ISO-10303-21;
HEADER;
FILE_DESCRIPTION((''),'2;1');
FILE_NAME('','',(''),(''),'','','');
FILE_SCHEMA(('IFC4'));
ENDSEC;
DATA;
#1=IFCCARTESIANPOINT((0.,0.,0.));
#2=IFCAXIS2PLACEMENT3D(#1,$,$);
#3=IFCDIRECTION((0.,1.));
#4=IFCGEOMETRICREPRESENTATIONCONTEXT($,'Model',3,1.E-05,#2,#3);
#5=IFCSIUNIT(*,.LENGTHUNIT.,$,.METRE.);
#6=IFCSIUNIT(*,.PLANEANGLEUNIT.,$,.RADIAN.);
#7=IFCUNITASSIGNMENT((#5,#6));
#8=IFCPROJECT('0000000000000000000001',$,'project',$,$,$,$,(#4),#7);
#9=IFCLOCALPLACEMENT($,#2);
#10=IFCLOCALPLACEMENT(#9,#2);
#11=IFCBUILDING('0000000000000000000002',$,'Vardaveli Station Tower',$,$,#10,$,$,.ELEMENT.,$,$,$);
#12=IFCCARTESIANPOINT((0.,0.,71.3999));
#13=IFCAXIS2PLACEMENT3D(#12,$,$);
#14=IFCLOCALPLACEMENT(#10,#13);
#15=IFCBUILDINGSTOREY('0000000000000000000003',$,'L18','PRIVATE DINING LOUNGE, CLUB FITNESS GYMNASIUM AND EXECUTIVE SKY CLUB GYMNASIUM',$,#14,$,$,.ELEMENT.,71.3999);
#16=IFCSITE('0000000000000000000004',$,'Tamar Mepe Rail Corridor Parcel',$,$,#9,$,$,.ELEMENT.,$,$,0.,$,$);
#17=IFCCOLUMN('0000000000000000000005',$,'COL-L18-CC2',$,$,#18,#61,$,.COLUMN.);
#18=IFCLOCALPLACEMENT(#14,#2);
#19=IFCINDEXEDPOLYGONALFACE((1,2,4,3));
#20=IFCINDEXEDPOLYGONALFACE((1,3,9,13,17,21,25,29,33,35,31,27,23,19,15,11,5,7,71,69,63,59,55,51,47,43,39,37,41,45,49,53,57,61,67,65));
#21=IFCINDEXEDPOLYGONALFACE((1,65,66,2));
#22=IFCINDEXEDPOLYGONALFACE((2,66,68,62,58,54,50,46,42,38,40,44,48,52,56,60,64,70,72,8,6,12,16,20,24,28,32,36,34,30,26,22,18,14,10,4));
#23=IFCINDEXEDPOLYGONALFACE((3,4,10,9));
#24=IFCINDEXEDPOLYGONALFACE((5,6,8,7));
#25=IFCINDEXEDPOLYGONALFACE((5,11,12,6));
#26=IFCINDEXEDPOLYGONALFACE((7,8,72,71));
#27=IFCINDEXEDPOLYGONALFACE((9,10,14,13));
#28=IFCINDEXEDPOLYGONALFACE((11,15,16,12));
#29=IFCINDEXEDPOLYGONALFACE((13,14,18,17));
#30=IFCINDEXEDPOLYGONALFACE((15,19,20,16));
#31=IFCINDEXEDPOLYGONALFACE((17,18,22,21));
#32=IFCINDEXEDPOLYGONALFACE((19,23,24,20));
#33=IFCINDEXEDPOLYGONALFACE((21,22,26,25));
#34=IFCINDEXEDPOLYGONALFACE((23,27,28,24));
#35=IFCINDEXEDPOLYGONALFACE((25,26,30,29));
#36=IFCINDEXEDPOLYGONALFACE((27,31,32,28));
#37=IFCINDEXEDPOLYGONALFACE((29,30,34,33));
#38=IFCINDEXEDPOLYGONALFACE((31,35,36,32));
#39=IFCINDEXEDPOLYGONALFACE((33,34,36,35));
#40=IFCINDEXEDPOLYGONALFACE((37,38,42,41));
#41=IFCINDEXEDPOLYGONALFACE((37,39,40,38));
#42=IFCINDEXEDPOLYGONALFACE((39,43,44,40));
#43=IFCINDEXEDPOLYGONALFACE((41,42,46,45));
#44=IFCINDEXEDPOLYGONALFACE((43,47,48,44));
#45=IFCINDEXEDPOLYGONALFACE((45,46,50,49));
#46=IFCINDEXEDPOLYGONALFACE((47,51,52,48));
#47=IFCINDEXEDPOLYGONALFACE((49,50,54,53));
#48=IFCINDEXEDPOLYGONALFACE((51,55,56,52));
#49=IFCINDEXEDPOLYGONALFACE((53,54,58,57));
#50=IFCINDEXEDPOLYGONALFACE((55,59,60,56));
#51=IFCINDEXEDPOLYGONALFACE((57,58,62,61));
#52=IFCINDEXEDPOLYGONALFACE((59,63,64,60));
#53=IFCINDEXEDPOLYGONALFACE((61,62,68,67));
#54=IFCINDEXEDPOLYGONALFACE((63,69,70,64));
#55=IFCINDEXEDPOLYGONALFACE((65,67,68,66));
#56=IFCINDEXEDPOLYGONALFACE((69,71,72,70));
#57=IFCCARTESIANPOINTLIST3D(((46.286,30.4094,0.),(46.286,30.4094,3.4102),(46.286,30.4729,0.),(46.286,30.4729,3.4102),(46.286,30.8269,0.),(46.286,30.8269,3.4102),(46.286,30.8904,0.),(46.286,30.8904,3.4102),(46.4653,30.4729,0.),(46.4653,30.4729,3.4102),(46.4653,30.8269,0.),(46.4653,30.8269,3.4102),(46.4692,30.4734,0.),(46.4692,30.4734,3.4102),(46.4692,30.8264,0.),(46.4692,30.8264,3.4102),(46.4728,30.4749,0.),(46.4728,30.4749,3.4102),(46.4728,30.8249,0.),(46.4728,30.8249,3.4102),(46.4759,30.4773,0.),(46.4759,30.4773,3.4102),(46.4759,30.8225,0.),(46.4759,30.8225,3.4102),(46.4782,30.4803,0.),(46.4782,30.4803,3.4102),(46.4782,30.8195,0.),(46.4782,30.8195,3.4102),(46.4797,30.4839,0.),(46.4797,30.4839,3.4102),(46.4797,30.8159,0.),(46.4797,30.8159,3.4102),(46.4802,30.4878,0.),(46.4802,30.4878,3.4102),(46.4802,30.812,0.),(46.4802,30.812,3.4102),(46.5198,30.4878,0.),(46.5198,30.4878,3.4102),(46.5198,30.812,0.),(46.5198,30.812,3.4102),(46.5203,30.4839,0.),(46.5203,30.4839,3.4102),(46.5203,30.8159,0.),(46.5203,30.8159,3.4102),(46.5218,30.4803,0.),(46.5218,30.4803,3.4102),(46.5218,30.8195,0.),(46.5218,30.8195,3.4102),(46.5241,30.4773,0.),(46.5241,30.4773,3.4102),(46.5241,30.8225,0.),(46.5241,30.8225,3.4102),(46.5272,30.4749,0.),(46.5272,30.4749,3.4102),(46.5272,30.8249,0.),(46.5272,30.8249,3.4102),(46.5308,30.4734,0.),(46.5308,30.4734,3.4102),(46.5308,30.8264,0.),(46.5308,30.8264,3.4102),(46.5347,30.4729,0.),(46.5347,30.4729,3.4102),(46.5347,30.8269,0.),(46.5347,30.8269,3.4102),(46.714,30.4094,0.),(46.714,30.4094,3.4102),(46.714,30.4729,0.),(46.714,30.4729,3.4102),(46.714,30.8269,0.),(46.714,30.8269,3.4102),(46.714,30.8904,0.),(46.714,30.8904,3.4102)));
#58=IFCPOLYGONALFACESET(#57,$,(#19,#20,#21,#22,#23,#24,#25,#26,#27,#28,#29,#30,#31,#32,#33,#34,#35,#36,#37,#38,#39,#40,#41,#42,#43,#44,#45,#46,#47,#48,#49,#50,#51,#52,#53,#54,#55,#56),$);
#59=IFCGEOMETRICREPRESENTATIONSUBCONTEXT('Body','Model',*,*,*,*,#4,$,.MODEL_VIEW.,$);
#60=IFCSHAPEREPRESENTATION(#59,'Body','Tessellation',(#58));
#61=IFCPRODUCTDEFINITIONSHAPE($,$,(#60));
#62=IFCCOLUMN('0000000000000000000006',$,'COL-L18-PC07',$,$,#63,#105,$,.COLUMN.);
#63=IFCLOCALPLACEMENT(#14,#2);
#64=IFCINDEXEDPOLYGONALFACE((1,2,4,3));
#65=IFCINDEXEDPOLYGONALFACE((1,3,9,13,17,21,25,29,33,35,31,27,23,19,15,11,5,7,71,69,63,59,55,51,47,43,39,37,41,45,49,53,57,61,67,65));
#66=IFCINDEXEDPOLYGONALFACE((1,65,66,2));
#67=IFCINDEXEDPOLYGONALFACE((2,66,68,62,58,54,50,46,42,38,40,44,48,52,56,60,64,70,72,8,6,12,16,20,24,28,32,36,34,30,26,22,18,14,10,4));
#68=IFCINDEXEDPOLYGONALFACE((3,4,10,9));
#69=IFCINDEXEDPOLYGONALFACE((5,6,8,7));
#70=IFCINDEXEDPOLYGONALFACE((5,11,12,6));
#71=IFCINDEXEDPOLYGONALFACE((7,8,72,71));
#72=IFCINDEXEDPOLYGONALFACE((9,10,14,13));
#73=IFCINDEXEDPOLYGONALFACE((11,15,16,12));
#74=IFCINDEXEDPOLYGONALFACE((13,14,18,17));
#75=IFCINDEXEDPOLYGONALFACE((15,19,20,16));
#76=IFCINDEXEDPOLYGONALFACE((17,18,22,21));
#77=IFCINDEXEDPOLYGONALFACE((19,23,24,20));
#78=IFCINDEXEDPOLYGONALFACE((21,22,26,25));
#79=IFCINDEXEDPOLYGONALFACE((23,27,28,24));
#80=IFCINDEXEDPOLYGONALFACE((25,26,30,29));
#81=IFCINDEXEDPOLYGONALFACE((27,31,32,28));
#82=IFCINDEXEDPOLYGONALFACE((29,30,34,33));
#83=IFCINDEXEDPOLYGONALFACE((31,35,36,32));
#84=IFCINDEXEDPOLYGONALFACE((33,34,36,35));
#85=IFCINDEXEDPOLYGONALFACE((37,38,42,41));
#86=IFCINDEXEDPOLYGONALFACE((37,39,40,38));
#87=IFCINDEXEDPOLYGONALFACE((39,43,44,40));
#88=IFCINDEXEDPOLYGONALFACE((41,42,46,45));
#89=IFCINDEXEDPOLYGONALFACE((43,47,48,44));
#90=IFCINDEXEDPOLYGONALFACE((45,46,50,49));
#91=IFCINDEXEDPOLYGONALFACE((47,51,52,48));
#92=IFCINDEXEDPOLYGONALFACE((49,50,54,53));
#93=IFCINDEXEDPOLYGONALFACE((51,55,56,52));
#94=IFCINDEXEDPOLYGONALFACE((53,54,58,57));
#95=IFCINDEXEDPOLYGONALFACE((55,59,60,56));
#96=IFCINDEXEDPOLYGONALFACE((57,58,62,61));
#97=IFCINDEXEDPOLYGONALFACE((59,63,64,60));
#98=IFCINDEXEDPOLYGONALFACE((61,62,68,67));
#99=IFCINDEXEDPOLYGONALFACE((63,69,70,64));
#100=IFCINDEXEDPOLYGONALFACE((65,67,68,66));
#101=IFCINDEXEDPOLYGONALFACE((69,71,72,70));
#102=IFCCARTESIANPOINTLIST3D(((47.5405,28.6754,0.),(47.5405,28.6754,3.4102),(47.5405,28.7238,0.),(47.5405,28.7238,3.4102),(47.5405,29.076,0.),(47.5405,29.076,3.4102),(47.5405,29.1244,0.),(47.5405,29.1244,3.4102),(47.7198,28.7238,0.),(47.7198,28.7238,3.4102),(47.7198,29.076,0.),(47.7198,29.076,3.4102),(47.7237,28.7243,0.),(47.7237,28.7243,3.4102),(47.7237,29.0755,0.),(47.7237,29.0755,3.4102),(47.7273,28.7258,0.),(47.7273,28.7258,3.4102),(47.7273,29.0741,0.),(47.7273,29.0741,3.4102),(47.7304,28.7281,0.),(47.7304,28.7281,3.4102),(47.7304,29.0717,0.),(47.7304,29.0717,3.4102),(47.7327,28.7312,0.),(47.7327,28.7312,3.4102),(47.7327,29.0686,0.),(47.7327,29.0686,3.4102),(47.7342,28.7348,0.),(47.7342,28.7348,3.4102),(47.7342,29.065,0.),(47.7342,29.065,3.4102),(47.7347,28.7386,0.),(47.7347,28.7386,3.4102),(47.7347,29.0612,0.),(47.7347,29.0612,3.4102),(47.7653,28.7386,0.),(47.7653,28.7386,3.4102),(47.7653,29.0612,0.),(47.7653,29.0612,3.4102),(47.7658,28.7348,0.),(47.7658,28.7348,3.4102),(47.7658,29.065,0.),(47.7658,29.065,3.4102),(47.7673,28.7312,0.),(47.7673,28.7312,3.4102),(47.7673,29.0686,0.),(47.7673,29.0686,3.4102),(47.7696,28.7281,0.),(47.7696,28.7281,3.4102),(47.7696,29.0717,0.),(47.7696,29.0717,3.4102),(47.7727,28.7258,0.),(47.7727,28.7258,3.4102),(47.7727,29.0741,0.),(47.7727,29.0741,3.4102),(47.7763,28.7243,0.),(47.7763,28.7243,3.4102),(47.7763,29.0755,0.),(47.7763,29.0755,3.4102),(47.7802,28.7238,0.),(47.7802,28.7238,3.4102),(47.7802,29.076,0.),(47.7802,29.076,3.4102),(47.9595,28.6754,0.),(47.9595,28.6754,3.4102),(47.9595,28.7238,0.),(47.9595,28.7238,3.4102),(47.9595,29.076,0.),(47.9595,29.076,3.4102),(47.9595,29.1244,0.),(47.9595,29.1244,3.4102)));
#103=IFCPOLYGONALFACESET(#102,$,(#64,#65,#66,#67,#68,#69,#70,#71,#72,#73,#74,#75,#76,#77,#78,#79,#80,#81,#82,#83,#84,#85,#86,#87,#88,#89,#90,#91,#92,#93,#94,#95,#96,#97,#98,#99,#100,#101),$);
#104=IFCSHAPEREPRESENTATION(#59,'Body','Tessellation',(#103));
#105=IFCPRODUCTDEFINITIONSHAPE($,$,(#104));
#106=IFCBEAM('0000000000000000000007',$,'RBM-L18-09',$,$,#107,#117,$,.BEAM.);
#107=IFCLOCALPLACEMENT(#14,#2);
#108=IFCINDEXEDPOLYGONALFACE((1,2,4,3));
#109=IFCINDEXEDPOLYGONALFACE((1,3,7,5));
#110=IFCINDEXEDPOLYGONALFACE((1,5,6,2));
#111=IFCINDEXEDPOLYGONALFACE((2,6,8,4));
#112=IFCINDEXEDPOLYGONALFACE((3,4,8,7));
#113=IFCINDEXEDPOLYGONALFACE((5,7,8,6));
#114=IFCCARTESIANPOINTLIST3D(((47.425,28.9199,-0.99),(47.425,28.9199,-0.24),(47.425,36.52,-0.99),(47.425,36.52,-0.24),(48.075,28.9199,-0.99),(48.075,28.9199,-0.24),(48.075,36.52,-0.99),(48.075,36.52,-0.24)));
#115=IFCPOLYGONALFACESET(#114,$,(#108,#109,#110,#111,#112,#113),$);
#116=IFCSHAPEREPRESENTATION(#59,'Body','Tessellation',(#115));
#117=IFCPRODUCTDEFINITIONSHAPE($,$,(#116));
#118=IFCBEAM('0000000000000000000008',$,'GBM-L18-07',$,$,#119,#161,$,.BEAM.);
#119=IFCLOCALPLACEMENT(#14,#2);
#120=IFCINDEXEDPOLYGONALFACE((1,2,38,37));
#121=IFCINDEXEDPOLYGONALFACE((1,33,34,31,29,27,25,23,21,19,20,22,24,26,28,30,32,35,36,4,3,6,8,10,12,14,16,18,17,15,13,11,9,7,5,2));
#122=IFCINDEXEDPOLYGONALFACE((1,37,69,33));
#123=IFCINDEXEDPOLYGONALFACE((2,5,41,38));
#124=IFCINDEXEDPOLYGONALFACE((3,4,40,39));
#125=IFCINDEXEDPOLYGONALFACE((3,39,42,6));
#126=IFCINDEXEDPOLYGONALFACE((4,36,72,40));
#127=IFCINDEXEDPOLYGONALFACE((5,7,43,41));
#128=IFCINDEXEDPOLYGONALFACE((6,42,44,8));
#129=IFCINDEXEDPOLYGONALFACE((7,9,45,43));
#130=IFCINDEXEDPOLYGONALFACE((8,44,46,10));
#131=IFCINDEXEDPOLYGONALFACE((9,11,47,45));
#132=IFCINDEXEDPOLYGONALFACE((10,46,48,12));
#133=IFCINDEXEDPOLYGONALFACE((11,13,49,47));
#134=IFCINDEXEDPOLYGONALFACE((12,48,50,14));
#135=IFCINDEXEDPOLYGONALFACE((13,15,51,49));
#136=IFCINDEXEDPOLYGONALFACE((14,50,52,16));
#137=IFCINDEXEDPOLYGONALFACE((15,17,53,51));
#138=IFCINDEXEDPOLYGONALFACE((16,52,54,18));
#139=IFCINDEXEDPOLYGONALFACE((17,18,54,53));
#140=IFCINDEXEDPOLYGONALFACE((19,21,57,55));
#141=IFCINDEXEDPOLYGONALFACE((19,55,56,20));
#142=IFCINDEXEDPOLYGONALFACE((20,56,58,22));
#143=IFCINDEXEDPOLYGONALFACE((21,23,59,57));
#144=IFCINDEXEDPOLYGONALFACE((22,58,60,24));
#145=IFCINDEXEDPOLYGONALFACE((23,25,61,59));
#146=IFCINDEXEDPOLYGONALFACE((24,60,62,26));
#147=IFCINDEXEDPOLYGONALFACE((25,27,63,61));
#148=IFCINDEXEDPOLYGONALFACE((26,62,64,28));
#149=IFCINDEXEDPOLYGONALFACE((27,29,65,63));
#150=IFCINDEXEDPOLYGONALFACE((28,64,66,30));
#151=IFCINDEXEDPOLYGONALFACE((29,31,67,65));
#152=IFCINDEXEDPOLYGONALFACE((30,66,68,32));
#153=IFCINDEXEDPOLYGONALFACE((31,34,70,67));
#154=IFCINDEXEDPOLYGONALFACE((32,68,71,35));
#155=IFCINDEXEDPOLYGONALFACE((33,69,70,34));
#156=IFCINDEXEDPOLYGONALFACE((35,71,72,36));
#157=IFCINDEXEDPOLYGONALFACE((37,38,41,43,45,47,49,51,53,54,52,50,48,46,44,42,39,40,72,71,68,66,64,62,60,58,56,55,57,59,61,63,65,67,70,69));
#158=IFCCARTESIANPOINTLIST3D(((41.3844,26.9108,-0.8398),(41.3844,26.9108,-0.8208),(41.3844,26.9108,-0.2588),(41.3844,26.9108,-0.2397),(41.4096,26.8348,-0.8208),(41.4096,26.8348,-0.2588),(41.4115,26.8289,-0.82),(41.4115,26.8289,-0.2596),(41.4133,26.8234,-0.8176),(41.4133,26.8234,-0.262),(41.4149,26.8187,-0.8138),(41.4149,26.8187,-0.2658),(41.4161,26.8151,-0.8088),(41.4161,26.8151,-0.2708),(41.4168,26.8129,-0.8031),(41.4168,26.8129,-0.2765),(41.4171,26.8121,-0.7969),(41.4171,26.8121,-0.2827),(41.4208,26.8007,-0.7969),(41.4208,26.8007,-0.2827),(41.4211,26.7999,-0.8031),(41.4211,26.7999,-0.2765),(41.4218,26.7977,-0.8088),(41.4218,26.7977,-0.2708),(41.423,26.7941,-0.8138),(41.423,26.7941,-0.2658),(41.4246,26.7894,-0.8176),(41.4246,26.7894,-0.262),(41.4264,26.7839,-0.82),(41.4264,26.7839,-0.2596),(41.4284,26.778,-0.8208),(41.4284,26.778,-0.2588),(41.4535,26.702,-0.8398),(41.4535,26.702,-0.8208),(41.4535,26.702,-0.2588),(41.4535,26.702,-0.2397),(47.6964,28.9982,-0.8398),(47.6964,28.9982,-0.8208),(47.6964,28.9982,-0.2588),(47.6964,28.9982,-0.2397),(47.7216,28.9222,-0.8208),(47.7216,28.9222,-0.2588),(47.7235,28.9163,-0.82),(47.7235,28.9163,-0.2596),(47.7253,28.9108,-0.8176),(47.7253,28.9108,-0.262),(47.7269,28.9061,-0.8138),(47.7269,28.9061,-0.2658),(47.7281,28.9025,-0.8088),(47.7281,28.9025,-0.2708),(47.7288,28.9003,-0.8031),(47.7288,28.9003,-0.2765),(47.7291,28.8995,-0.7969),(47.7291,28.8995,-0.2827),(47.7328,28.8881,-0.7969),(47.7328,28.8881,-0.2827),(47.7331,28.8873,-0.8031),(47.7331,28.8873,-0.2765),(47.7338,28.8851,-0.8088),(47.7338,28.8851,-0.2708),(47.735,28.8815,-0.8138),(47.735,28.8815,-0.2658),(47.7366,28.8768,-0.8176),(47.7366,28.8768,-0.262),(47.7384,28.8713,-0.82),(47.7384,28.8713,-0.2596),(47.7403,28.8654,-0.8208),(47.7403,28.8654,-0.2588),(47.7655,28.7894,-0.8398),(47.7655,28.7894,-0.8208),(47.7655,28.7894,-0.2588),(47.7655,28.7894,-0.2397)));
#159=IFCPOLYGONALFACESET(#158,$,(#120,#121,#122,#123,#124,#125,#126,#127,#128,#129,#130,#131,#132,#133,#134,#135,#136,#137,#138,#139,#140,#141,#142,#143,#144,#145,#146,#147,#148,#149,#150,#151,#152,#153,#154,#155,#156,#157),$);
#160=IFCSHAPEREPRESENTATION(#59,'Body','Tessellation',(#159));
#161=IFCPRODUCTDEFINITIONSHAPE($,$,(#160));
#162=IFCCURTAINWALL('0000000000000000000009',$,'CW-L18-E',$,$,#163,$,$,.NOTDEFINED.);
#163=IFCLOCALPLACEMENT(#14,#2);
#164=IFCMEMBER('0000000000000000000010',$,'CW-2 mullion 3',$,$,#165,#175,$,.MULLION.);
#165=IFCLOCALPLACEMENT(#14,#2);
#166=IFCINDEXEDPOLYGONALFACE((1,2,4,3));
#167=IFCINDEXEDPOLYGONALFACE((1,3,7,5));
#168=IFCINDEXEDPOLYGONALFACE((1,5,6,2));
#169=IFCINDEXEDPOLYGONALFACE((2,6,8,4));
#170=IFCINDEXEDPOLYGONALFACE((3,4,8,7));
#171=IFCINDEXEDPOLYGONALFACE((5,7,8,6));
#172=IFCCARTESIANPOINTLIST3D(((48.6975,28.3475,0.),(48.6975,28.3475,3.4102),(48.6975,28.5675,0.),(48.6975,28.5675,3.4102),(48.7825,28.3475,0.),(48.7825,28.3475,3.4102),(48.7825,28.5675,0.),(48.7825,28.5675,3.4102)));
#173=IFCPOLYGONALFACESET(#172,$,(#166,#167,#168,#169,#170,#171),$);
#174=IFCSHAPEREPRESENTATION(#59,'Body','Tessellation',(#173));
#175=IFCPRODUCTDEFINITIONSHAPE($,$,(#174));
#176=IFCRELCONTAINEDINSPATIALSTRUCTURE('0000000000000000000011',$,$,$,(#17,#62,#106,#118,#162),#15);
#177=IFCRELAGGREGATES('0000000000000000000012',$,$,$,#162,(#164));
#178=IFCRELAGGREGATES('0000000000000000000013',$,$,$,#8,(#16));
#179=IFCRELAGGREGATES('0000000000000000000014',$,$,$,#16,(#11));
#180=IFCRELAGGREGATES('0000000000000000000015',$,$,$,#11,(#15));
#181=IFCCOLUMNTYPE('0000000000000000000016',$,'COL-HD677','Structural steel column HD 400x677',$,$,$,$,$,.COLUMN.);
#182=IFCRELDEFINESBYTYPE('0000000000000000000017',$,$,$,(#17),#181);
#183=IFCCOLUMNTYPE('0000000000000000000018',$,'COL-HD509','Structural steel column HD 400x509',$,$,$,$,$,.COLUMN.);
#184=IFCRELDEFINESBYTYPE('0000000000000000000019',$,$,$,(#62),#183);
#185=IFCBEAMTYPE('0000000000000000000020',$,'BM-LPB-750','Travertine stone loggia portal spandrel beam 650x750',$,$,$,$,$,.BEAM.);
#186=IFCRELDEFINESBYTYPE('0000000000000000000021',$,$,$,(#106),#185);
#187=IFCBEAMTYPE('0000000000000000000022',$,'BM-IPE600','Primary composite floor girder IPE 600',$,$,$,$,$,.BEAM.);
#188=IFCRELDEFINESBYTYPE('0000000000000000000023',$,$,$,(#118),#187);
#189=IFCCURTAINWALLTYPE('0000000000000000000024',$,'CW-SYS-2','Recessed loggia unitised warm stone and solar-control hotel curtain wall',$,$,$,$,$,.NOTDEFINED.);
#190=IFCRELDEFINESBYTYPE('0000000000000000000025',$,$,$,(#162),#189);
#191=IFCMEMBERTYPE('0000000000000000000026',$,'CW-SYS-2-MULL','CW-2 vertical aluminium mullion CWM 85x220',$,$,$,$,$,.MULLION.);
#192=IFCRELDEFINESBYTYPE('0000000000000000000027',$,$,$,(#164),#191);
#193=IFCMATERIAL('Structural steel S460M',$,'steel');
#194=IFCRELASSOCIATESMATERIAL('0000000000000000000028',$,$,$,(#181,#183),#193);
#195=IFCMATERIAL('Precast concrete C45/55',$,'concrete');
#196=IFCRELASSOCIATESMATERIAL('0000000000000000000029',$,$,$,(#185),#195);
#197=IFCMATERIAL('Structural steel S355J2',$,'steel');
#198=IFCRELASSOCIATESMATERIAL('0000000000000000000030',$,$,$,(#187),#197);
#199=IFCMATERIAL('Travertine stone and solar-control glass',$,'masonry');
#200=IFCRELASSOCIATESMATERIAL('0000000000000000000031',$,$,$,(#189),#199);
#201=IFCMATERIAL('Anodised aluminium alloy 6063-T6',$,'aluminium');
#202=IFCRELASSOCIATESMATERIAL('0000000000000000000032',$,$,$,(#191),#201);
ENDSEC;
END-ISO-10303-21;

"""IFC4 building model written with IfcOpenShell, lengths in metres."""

from ifc_helpers import new_model, si_unit, direction, frame, origin, origin_2d, place, context, subcontext, project, spatial, rectangle, i_section, extrude, source, transform, mapped, material, material_profile, profile_set, type_object, element, aggregate, save


model = new_model("IFC4")

# Units and contexts
model_context = context("Model", 3, precision=1e-05, world=origin(), true_north=direction((0.0, 1.0)))
body_context = subcontext(model_context, "Body", "Model", "MODEL_VIEW")
ifc_project = project(units=[si_unit("LENGTHUNIT", "METRE"), si_unit("PLANEANGLEUNIT", "RADIAN")], contexts=[model_context])

# Site, building, storey
site_placement = place(None, origin())
site = spatial("IfcSite", under=ifc_project, at=site_placement, Name="Tamar Mepe Rail Corridor Parcel", CompositionType="ELEMENT", RefElevation=0.0)
building_placement = place(site_placement, origin())
building = spatial("IfcBuilding", under=site, at=building_placement, Name="Vardaveli Station Tower", CompositionType="ELEMENT")
storey_placement = place(building_placement, frame((0.0, 0.0, 71.3999)))
storey = spatial("IfcBuildingStorey", under=building, at=storey_placement, Name="L18", Description="PRIVATE DINING LOUNGE, CLUB FITNESS GYMNASIUM AND EXECUTIVE SKY CLUB GYMNASIUM", CompositionType="ELEMENT", Elevation=71.3999)

# Columns
ifc_material_1 = material(Name="Structural steel S460M", Category="steel")
ifc_material_profile_1 = material_profile(ifc_material_1, i_section(OverallWidth=0.428, OverallDepth=0.481, WebThickness=0.0396, FlangeThickness=0.0635, FilletRadius=0.0149, at=origin_2d()), Name="HD 400x677")
ifc_profile_set_1 = profile_set([ifc_material_profile_1], Name="Structural steel S460M")
column_type_1 = type_object("IfcColumnType", Name="COL-HD677", Description="Structural steel column HD 400x677", PredefinedType="COLUMN", material=ifc_profile_set_1)
shared_shape_1 = source(origin(), body_context, "Body", "SweptSolid", [
    extrude(i_section(OverallWidth=0.428, OverallDepth=0.481, WebThickness=0.0396, FlangeThickness=0.0635, FilletRadius=0.0149, at=origin_2d()), origin(), (0.0, 0.0, 1.0), 3.4102),
])
column_1_placement = place(storey_placement, frame((46.5, 30.6499, 0.0), z_axis=(0.0, 0.0, 1.0), x_axis=(1.0, 0.0, 0.0)))
element("IfcColumn", 1, at=column_1_placement, inside=storey, type_object=column_type_1, Name="COL-L18-CC2", PredefinedType="COLUMN", context=body_context, shape_type="MappedRepresentation", body=[
    mapped(shared_shape_1, transform((0.0, 0.0, 0.0), scale=1.0)),
])
ifc_material_profile_2 = material_profile(ifc_material_1, i_section(OverallWidth=0.4189, OverallDepth=0.449, WebThickness=0.0305, FlangeThickness=0.0483, FilletRadius=0.0149, at=origin_2d()), Name="HD 400x509")
ifc_profile_set_2 = profile_set([ifc_material_profile_2], Name="Structural steel S460M")
column_type_2 = type_object("IfcColumnType", Name="COL-HD509", Description="Structural steel column HD 400x509", PredefinedType="COLUMN", material=ifc_profile_set_2)
shared_shape_2 = source(origin(), body_context, "Body", "SweptSolid", [
    extrude(i_section(OverallWidth=0.4189, OverallDepth=0.449, WebThickness=0.0305, FlangeThickness=0.0483, FilletRadius=0.0149, at=origin_2d()), origin(), (0.0, 0.0, 1.0), 3.4102),
])
column_2_placement = place(storey_placement, frame((47.75, 28.8999, 0.0), z_axis=(0.0, 0.0, 1.0), x_axis=(1.0, 0.0, 0.0)))
element("IfcColumn", 2, at=column_2_placement, inside=storey, type_object=column_type_2, Name="COL-L18-PC07", PredefinedType="COLUMN", context=body_context, shape_type="MappedRepresentation", body=[
    mapped(shared_shape_2, transform((0.0, 0.0, 0.0), scale=1.0)),
])

# Beams
ifc_material_2 = material(Name="Precast concrete C45/55", Category="concrete")
ifc_material_profile_3 = material_profile(ifc_material_2, rectangle(XDim=0.6499, YDim=0.75, at=origin_2d()), Name="LPB 650x750")
ifc_profile_set_3 = profile_set([ifc_material_profile_3], Name="Precast concrete C45/55")
beam_type_1 = type_object("IfcBeamType", Name="BM-LPB-750", Description="Travertine stone loggia portal spandrel beam 650x750", PredefinedType="BEAM", material=ifc_profile_set_3)
shared_shape_3 = source(origin(), body_context, "Body", "SweptSolid", [
    extrude(rectangle(XDim=0.6499, YDim=0.75, at=origin_2d()), origin(), (0.0, 0.0, 1.0), 7.6001),
])
beam_1_placement = place(storey_placement, frame((47.75, 28.9199, -0.615), z_axis=(0.0, 1.0, 0.0), x_axis=(-1.0, 0.0, 0.0)))
element("IfcBeam", 3, at=beam_1_placement, inside=storey, type_object=beam_type_1, Name="RBM-L18-09", PredefinedType="BEAM", context=body_context, shape_type="MappedRepresentation", body=[
    mapped(shared_shape_3, transform((0.0, 0.0, 0.0), scale=1.0)),
])
ifc_material_3 = material(Name="Structural steel S355J2", Category="steel")
ifc_material_profile_4 = material_profile(ifc_material_3, i_section(OverallWidth=0.22, OverallDepth=0.6001, WebThickness=0.012, FlangeThickness=0.019, FilletRadius=0.0239, at=origin_2d()), Name="IPE 600")
ifc_profile_set_4 = profile_set([ifc_material_profile_4], Name="Structural steel S355J2")
beam_type_2 = type_object("IfcBeamType", Name="BM-IPE600", Description="Primary composite floor girder IPE 600", PredefinedType="BEAM", material=ifc_profile_set_4)
shared_shape_4 = source(origin(), body_context, "Body", "SweptSolid", [
    extrude(i_section(OverallWidth=0.22, OverallDepth=0.6001, WebThickness=0.012, FlangeThickness=0.019, FilletRadius=0.0239, at=origin_2d()), origin(), (0.0, 0.0, 1.0), 6.6482),
])
beam_2_placement = place(storey_placement, frame((47.731, 28.8938, -0.5398), z_axis=(-0.94943, -0.313979, 0.0), x_axis=(0.313979, -0.94943, 0.0)))
element("IfcBeam", 4, at=beam_2_placement, inside=storey, type_object=beam_type_2, Name="GBM-L18-07", PredefinedType="BEAM", context=body_context, shape_type="MappedRepresentation", body=[
    mapped(shared_shape_4, transform((0.0, 0.0, 0.0), scale=1.0)),
])

# Curtain wall, member
ifc_material_4 = material(Name="Travertine stone and solar-control glass", Category="masonry")
curtain_wall_type = type_object("IfcCurtainWallType", Name="CW-SYS-2", Description="Recessed loggia unitised warm stone and solar-control hotel curtain wall", PredefinedType="NOTDEFINED", material=ifc_material_4)
curtain_wall_placement = place(storey_placement, origin())
curtain_wall = element("IfcCurtainWall", 5, at=curtain_wall_placement, inside=storey, type_object=curtain_wall_type, Name="CW-L18-E", PredefinedType="NOTDEFINED")
ifc_material_5 = material(Name="Anodised aluminium alloy 6063-T6", Category="aluminium")
ifc_material_profile_5 = material_profile(ifc_material_5, rectangle(XDim=0.085, YDim=0.22, at=origin_2d()), Name="CWM 85x220")
ifc_profile_set_5 = profile_set([ifc_material_profile_5], Name="Anodised aluminium alloy 6063-T6")
member_type = type_object("IfcMemberType", Name="CW-SYS-2-MULL", Description="CW-2 vertical aluminium mullion CWM 85x220", PredefinedType="MULLION", material=ifc_profile_set_5)
shared_shape_5 = source(origin(), body_context, "Body", "SweptSolid", [
    extrude(rectangle(XDim=0.085, YDim=0.22, at=origin_2d()), origin(), (0.0, 0.0, 1.0), 3.4102),
])
member_placement = place(storey_placement, frame((48.74, 28.4575, 0.0), z_axis=(0.0, 0.0, 1.0), x_axis=(-1.0, 0.0, 0.0)))
member = element("IfcMember", 6, at=member_placement, type_object=member_type, Name="CW-2 mullion 3", PredefinedType="MULLION", context=body_context, shape_type="MappedRepresentation", body=[
    mapped(shared_shape_5, transform((0.0, 0.0, 0.0), scale=1.0)),
])
aggregate(curtain_wall, [member])

save(model, "model.ifc")
